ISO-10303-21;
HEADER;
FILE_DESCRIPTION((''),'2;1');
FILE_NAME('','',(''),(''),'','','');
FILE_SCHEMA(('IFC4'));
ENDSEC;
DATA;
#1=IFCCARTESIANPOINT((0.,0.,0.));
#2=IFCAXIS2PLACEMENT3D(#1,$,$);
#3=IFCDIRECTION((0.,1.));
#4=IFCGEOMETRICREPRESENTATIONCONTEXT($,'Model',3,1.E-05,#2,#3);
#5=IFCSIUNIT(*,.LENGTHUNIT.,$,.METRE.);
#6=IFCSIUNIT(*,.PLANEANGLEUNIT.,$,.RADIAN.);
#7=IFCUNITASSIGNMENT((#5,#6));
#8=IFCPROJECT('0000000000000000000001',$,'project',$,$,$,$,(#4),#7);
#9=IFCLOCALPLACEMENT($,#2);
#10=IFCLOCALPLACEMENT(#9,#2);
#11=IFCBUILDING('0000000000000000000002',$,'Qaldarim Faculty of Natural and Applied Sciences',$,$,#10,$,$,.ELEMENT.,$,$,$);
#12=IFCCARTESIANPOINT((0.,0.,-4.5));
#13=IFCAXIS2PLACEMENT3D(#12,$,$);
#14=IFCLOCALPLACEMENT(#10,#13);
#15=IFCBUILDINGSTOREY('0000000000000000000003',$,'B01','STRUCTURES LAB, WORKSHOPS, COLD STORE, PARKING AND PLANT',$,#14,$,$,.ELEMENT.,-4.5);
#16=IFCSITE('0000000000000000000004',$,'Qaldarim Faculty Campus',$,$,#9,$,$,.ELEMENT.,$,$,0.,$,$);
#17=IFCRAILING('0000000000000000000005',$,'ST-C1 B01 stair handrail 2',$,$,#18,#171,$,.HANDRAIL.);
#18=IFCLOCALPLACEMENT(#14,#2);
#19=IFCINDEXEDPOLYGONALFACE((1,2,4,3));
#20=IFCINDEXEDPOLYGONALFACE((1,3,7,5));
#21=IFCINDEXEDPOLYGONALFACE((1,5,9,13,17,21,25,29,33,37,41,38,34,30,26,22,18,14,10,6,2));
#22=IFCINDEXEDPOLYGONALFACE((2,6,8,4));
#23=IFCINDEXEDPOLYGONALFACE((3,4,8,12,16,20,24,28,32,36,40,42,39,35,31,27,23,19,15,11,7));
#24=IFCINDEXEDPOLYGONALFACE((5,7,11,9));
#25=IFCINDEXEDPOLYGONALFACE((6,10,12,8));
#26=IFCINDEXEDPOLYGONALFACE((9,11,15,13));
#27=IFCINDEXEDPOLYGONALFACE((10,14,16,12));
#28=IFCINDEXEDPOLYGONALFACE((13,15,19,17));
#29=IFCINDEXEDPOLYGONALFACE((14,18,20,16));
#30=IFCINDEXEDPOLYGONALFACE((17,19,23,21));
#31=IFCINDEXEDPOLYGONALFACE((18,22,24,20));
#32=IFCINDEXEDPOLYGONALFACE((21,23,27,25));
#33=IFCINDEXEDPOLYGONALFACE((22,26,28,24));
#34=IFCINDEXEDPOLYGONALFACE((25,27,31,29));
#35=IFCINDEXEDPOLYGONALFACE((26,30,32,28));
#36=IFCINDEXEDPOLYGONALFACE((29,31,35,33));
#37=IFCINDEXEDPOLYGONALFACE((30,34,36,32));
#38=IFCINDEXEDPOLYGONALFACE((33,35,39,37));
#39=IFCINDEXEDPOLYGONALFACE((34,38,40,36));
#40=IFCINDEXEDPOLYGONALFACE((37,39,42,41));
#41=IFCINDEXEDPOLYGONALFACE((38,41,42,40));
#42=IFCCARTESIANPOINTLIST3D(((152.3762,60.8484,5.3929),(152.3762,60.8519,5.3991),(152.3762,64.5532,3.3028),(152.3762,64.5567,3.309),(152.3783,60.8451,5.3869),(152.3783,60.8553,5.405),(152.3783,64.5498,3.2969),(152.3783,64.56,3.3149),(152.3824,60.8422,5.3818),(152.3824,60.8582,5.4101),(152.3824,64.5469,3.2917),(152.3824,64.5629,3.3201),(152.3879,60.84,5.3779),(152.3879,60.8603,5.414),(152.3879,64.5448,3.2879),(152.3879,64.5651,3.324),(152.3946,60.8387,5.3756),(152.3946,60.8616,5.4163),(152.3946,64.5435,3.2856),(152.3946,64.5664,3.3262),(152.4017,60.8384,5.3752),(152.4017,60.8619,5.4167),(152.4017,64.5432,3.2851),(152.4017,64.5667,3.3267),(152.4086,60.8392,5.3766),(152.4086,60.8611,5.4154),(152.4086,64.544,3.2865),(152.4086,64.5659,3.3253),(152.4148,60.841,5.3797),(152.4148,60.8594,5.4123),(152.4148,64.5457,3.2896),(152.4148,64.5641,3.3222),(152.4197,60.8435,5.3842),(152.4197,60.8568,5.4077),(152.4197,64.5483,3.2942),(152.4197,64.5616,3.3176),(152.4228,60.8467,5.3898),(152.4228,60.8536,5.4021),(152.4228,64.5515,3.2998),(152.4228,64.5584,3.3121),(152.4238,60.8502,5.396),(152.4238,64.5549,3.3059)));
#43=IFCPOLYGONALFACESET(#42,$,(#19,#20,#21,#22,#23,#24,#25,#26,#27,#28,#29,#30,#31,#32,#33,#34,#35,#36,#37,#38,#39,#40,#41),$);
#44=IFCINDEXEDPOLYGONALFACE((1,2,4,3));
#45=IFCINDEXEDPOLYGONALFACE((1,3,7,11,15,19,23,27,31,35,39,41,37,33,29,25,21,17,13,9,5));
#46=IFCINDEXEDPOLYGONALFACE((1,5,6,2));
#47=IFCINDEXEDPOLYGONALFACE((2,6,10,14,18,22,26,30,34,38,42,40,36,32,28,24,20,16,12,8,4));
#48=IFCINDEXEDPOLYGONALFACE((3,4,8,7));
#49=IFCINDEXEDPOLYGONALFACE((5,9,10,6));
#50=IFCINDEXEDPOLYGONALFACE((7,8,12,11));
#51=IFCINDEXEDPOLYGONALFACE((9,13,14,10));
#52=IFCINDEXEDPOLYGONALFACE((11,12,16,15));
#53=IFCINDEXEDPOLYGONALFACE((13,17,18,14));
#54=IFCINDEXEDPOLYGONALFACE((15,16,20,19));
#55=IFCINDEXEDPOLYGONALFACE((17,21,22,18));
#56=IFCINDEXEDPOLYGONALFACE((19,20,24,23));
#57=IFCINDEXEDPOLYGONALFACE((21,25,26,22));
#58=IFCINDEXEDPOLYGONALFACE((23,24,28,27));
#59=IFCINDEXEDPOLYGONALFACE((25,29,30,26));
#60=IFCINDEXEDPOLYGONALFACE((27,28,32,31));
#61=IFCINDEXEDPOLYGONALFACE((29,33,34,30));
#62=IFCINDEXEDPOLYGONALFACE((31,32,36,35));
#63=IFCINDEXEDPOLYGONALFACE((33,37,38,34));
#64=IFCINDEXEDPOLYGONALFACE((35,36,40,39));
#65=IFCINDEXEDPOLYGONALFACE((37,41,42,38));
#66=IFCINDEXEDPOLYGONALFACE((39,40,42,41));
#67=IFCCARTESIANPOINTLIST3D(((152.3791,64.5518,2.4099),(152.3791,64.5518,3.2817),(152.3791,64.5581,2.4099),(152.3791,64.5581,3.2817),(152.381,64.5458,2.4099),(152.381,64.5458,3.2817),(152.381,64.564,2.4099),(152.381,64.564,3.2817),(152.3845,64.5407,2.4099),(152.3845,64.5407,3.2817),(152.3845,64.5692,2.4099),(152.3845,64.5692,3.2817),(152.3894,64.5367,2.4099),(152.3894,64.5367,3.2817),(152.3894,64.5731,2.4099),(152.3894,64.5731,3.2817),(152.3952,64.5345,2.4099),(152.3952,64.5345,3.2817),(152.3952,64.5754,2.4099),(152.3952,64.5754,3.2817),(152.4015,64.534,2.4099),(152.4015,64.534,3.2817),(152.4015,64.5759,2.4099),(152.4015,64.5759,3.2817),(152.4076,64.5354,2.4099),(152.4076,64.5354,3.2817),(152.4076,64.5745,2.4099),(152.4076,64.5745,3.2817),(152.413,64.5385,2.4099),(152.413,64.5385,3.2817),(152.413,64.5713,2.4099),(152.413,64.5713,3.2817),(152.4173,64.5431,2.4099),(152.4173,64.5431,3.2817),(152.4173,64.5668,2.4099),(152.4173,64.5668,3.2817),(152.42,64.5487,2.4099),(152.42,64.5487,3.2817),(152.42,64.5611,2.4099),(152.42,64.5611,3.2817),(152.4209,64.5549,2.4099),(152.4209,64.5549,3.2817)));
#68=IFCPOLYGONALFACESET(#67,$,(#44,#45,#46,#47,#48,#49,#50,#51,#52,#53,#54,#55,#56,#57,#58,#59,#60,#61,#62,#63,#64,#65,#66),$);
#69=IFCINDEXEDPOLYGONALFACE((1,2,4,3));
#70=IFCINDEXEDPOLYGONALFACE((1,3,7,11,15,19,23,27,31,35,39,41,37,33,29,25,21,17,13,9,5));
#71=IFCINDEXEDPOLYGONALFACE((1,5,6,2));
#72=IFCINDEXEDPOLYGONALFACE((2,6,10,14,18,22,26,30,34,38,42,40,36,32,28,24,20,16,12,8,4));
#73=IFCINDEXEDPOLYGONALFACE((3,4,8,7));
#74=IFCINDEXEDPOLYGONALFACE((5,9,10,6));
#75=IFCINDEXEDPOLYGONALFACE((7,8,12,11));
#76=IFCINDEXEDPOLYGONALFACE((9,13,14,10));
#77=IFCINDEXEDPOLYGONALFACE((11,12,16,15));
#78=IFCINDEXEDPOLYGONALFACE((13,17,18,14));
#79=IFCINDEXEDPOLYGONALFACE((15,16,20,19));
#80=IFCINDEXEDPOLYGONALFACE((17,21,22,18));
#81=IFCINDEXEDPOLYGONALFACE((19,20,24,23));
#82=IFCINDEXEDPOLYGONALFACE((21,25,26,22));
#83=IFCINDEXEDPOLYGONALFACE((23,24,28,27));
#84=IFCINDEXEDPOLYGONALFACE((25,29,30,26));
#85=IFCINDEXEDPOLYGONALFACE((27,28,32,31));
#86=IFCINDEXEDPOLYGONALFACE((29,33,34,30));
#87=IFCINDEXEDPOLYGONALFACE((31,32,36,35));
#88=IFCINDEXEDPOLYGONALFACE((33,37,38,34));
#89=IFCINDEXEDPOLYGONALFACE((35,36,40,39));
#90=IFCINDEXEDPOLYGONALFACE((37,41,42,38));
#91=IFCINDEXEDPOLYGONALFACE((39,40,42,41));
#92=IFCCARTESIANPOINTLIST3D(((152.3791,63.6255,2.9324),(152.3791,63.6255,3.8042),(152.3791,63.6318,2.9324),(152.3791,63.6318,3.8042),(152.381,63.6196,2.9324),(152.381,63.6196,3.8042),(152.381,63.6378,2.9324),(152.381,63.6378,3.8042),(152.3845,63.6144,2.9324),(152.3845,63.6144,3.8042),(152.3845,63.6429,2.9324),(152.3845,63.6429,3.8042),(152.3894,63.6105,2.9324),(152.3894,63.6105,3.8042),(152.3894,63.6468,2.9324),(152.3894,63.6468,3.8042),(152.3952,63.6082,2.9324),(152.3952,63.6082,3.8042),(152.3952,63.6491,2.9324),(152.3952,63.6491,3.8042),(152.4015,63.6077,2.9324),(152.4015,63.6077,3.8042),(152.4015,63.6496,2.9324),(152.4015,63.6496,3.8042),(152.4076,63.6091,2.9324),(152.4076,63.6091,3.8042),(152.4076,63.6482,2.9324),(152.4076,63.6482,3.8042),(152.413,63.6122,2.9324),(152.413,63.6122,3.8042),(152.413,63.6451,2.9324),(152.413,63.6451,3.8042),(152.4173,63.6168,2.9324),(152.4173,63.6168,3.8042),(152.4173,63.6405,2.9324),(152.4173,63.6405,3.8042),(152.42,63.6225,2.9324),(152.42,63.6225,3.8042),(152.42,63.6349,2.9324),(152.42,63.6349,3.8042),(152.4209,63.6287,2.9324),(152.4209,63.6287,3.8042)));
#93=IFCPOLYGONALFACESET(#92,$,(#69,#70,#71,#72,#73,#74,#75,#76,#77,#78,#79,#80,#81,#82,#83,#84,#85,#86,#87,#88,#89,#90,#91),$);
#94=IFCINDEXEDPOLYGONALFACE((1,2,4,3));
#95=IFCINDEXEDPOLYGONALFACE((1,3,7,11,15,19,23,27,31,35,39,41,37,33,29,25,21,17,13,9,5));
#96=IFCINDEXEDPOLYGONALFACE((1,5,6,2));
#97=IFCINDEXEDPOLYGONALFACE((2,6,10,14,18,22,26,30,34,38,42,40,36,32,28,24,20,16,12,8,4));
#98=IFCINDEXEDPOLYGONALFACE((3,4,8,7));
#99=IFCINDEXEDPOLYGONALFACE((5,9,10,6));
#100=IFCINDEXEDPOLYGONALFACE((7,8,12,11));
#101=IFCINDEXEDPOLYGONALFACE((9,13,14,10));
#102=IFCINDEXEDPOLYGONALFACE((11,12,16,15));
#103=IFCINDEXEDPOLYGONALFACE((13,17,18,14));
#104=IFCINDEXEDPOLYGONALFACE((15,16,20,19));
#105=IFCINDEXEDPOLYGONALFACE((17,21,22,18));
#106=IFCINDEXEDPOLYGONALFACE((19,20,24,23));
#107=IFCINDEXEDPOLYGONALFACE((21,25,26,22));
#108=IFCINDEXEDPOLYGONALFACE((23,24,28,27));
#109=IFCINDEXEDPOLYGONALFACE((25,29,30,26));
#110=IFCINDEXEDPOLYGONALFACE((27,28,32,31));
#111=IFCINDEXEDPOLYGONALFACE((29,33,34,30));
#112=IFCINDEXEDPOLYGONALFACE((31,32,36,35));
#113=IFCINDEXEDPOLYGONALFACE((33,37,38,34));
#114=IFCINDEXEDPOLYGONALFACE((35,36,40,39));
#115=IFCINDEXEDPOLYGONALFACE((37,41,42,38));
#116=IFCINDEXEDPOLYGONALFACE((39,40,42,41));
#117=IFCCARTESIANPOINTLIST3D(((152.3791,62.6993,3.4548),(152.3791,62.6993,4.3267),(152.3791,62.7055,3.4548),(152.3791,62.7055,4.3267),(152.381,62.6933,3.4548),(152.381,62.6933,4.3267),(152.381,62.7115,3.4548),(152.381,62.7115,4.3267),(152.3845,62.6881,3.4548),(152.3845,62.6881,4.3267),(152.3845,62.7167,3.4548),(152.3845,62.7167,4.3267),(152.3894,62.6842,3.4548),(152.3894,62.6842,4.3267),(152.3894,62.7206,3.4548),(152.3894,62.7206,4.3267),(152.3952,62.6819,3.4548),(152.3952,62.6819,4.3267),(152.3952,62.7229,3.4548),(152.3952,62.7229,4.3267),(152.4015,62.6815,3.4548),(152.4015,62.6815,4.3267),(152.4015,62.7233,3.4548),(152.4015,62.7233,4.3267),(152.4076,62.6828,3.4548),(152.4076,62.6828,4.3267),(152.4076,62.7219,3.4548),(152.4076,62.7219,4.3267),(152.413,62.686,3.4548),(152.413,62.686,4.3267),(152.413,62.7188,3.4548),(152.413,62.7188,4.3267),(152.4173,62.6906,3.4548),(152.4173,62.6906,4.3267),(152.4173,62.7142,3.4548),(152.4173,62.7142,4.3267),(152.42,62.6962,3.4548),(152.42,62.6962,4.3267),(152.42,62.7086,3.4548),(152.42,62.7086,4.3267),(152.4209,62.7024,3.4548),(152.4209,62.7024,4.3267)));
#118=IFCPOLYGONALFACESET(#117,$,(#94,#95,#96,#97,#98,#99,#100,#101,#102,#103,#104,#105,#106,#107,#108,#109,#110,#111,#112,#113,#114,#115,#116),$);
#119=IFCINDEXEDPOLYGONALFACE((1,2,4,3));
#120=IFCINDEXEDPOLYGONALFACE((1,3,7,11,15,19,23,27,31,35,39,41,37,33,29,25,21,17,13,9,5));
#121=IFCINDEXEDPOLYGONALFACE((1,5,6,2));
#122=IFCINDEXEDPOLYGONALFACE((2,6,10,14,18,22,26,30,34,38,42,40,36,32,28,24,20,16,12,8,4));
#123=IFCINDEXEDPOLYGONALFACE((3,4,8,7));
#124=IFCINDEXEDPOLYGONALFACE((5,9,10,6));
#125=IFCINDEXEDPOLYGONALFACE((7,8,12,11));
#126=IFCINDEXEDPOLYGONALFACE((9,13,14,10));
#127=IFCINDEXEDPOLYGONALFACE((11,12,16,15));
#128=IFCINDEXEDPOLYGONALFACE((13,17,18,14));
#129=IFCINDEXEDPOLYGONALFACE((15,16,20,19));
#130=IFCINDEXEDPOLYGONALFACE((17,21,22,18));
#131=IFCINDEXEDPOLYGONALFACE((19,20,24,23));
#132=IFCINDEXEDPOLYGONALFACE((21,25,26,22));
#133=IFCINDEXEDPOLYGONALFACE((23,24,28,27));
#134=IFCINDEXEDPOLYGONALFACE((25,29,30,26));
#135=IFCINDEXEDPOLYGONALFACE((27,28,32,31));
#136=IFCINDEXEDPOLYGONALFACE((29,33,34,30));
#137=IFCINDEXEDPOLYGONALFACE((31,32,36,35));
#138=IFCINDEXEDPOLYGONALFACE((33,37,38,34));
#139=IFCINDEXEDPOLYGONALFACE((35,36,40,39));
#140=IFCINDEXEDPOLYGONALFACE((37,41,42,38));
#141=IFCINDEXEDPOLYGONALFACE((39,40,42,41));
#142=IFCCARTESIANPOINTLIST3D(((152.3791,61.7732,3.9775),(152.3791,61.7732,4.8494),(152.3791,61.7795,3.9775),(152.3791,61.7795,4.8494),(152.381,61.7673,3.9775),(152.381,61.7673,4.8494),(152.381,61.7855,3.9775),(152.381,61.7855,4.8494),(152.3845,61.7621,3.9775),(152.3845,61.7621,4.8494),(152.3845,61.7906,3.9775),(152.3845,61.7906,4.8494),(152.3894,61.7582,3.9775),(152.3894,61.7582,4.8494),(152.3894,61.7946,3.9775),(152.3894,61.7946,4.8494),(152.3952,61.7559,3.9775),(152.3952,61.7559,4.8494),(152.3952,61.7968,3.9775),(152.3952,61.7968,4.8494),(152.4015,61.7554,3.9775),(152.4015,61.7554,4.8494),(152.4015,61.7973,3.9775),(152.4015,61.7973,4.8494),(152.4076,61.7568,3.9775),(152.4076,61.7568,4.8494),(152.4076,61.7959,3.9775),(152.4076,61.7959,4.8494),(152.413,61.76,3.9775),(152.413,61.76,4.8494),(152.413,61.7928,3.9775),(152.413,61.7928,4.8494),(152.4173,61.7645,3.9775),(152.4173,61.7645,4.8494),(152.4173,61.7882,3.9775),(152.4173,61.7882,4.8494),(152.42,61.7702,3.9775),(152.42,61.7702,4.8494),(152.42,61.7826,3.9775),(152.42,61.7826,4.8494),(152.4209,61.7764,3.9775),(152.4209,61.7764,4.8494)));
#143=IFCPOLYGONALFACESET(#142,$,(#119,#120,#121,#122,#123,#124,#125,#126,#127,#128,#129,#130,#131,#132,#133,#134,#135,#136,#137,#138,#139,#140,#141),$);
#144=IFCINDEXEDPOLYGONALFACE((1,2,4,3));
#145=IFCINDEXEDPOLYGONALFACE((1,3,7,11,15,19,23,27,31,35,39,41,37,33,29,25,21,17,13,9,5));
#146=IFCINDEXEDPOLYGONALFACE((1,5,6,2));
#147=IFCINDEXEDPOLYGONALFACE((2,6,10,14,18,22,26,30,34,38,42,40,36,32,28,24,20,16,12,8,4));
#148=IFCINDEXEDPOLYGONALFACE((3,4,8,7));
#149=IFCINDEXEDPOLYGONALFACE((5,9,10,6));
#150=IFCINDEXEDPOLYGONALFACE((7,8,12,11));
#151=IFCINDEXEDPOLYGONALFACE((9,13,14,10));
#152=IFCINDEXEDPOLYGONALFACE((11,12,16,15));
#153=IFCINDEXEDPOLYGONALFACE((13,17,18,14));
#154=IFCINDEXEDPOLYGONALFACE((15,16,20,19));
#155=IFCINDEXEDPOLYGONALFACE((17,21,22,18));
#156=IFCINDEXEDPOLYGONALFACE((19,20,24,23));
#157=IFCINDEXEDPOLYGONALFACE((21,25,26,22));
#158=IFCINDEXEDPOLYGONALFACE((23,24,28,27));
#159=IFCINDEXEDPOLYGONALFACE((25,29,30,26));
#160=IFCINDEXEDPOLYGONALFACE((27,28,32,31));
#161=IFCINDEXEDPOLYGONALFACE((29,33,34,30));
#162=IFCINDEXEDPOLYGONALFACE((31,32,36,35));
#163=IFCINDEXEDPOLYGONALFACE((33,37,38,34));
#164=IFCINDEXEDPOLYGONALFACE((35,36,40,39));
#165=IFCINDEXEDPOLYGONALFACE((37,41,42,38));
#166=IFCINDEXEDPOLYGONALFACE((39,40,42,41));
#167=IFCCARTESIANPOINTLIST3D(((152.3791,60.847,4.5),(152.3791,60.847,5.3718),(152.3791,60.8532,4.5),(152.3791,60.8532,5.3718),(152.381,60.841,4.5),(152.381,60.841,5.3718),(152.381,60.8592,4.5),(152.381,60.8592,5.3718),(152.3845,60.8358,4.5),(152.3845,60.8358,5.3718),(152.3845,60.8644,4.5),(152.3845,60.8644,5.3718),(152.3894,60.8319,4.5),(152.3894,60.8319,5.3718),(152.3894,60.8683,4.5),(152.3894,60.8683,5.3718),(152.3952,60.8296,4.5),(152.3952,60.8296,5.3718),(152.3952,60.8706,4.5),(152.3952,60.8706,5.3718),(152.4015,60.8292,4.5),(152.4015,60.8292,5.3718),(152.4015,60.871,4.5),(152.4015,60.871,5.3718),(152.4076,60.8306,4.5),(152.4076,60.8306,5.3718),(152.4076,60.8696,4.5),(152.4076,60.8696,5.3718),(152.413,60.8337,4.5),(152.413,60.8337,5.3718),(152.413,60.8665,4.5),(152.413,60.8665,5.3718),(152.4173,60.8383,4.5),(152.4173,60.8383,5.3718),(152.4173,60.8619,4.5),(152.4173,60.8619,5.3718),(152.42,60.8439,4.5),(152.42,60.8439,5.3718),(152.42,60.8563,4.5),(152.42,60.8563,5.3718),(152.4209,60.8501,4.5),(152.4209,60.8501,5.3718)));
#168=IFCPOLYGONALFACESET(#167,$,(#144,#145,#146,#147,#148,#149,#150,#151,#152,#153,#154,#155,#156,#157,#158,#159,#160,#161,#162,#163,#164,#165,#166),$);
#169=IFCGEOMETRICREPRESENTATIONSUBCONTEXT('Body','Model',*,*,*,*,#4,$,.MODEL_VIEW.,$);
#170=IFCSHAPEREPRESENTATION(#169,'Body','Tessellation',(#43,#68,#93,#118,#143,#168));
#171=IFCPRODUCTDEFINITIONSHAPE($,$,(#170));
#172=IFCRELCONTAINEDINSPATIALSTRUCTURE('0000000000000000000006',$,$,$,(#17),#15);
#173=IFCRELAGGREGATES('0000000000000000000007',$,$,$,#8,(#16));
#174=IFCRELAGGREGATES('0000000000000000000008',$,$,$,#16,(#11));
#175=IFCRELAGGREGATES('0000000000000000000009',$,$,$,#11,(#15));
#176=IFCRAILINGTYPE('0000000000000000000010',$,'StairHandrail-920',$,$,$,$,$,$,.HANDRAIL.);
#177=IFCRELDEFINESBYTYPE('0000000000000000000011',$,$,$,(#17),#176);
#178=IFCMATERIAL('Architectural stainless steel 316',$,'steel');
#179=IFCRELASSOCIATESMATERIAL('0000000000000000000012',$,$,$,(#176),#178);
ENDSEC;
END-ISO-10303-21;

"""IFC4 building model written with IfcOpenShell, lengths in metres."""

from ifc_helpers import new_model, si_unit, direction, frame, origin, origin_2d, place, context, subcontext, project, spatial, circle, extrude, material, type_object, element, save


model = new_model("IFC4")

# Units and contexts
model_context = context("Model", 3, precision=1e-05, world=origin(), true_north=direction((0.0, 1.0)))
body_context = subcontext(model_context, "Body", "Model", "MODEL_VIEW")
ifc_project = project(units=[si_unit("LENGTHUNIT", "METRE"), si_unit("PLANEANGLEUNIT", "RADIAN")], contexts=[model_context])

# Site, building, storey
site_placement = place(None, origin())
site = spatial("IfcSite", under=ifc_project, at=site_placement, Name="Qaldarim Faculty Campus", CompositionType="ELEMENT", RefElevation=0.0)
building_placement = place(site_placement, origin())
building = spatial("IfcBuilding", under=site, at=building_placement, Name="Qaldarim Faculty of Natural and Applied Sciences", CompositionType="ELEMENT")
storey_placement = place(building_placement, frame((0.0, 0.0, -4.5)))
storey = spatial("IfcBuildingStorey", under=building, at=storey_placement, Name="B01", Description="STRUCTURES LAB, WORKSHOPS, COLD STORE, PARKING AND PLANT", CompositionType="ELEMENT", Elevation=-4.5)

# Shared definitions
ifc_material_1 = material(Name="Architectural stainless steel 316", Category="steel")

# Railing
railing_type_1 = type_object("IfcRailingType", Name="StairHandrail-920", PredefinedType="HANDRAIL", material=ifc_material_1)
railing_1_placement = place(storey_placement, frame((152.3999, 64.5549, 2.4099)))
element("IfcRailing", 1, at=railing_1_placement, inside=storey, type_object=railing_type_1, Name="ST-C1 B01 stair handrail 2", PredefinedType="HANDRAIL", context=body_context, shape_type="SweptSolid", body=[
    extrude(circle(Radius=0.0239, at=origin_2d()), frame((0.0, 0.0, 0.896), z_axis=(0.0, -0.87096, 0.491354), x_axis=(1.0, 0.0, 0.0)), (0.0, 0.0, 1.0), 4.2537),
    extrude(circle(Radius=0.021, at=origin_2d()), origin(), (0.0, 0.0, 1.0), 0.8718),
    extrude(circle(Radius=0.021, at=origin_2d()), frame((0.0, -0.9263, 0.5225)), (0.0, 0.0, 1.0), 0.8718),
    extrude(circle(Radius=0.021, at=origin_2d()), frame((0.0, -1.8525, 1.0449)), (0.0, 0.0, 1.0), 0.8718),
    extrude(circle(Radius=0.021, at=origin_2d()), frame((0.0, -2.7786, 1.5676)), (0.0, 0.0, 1.0), 0.8718),
    extrude(circle(Radius=0.021, at=origin_2d()), frame((0.0, -3.7048, 2.0901)), (0.0, 0.0, 1.0), 0.8718),
])

save(model, "model.ifc")
